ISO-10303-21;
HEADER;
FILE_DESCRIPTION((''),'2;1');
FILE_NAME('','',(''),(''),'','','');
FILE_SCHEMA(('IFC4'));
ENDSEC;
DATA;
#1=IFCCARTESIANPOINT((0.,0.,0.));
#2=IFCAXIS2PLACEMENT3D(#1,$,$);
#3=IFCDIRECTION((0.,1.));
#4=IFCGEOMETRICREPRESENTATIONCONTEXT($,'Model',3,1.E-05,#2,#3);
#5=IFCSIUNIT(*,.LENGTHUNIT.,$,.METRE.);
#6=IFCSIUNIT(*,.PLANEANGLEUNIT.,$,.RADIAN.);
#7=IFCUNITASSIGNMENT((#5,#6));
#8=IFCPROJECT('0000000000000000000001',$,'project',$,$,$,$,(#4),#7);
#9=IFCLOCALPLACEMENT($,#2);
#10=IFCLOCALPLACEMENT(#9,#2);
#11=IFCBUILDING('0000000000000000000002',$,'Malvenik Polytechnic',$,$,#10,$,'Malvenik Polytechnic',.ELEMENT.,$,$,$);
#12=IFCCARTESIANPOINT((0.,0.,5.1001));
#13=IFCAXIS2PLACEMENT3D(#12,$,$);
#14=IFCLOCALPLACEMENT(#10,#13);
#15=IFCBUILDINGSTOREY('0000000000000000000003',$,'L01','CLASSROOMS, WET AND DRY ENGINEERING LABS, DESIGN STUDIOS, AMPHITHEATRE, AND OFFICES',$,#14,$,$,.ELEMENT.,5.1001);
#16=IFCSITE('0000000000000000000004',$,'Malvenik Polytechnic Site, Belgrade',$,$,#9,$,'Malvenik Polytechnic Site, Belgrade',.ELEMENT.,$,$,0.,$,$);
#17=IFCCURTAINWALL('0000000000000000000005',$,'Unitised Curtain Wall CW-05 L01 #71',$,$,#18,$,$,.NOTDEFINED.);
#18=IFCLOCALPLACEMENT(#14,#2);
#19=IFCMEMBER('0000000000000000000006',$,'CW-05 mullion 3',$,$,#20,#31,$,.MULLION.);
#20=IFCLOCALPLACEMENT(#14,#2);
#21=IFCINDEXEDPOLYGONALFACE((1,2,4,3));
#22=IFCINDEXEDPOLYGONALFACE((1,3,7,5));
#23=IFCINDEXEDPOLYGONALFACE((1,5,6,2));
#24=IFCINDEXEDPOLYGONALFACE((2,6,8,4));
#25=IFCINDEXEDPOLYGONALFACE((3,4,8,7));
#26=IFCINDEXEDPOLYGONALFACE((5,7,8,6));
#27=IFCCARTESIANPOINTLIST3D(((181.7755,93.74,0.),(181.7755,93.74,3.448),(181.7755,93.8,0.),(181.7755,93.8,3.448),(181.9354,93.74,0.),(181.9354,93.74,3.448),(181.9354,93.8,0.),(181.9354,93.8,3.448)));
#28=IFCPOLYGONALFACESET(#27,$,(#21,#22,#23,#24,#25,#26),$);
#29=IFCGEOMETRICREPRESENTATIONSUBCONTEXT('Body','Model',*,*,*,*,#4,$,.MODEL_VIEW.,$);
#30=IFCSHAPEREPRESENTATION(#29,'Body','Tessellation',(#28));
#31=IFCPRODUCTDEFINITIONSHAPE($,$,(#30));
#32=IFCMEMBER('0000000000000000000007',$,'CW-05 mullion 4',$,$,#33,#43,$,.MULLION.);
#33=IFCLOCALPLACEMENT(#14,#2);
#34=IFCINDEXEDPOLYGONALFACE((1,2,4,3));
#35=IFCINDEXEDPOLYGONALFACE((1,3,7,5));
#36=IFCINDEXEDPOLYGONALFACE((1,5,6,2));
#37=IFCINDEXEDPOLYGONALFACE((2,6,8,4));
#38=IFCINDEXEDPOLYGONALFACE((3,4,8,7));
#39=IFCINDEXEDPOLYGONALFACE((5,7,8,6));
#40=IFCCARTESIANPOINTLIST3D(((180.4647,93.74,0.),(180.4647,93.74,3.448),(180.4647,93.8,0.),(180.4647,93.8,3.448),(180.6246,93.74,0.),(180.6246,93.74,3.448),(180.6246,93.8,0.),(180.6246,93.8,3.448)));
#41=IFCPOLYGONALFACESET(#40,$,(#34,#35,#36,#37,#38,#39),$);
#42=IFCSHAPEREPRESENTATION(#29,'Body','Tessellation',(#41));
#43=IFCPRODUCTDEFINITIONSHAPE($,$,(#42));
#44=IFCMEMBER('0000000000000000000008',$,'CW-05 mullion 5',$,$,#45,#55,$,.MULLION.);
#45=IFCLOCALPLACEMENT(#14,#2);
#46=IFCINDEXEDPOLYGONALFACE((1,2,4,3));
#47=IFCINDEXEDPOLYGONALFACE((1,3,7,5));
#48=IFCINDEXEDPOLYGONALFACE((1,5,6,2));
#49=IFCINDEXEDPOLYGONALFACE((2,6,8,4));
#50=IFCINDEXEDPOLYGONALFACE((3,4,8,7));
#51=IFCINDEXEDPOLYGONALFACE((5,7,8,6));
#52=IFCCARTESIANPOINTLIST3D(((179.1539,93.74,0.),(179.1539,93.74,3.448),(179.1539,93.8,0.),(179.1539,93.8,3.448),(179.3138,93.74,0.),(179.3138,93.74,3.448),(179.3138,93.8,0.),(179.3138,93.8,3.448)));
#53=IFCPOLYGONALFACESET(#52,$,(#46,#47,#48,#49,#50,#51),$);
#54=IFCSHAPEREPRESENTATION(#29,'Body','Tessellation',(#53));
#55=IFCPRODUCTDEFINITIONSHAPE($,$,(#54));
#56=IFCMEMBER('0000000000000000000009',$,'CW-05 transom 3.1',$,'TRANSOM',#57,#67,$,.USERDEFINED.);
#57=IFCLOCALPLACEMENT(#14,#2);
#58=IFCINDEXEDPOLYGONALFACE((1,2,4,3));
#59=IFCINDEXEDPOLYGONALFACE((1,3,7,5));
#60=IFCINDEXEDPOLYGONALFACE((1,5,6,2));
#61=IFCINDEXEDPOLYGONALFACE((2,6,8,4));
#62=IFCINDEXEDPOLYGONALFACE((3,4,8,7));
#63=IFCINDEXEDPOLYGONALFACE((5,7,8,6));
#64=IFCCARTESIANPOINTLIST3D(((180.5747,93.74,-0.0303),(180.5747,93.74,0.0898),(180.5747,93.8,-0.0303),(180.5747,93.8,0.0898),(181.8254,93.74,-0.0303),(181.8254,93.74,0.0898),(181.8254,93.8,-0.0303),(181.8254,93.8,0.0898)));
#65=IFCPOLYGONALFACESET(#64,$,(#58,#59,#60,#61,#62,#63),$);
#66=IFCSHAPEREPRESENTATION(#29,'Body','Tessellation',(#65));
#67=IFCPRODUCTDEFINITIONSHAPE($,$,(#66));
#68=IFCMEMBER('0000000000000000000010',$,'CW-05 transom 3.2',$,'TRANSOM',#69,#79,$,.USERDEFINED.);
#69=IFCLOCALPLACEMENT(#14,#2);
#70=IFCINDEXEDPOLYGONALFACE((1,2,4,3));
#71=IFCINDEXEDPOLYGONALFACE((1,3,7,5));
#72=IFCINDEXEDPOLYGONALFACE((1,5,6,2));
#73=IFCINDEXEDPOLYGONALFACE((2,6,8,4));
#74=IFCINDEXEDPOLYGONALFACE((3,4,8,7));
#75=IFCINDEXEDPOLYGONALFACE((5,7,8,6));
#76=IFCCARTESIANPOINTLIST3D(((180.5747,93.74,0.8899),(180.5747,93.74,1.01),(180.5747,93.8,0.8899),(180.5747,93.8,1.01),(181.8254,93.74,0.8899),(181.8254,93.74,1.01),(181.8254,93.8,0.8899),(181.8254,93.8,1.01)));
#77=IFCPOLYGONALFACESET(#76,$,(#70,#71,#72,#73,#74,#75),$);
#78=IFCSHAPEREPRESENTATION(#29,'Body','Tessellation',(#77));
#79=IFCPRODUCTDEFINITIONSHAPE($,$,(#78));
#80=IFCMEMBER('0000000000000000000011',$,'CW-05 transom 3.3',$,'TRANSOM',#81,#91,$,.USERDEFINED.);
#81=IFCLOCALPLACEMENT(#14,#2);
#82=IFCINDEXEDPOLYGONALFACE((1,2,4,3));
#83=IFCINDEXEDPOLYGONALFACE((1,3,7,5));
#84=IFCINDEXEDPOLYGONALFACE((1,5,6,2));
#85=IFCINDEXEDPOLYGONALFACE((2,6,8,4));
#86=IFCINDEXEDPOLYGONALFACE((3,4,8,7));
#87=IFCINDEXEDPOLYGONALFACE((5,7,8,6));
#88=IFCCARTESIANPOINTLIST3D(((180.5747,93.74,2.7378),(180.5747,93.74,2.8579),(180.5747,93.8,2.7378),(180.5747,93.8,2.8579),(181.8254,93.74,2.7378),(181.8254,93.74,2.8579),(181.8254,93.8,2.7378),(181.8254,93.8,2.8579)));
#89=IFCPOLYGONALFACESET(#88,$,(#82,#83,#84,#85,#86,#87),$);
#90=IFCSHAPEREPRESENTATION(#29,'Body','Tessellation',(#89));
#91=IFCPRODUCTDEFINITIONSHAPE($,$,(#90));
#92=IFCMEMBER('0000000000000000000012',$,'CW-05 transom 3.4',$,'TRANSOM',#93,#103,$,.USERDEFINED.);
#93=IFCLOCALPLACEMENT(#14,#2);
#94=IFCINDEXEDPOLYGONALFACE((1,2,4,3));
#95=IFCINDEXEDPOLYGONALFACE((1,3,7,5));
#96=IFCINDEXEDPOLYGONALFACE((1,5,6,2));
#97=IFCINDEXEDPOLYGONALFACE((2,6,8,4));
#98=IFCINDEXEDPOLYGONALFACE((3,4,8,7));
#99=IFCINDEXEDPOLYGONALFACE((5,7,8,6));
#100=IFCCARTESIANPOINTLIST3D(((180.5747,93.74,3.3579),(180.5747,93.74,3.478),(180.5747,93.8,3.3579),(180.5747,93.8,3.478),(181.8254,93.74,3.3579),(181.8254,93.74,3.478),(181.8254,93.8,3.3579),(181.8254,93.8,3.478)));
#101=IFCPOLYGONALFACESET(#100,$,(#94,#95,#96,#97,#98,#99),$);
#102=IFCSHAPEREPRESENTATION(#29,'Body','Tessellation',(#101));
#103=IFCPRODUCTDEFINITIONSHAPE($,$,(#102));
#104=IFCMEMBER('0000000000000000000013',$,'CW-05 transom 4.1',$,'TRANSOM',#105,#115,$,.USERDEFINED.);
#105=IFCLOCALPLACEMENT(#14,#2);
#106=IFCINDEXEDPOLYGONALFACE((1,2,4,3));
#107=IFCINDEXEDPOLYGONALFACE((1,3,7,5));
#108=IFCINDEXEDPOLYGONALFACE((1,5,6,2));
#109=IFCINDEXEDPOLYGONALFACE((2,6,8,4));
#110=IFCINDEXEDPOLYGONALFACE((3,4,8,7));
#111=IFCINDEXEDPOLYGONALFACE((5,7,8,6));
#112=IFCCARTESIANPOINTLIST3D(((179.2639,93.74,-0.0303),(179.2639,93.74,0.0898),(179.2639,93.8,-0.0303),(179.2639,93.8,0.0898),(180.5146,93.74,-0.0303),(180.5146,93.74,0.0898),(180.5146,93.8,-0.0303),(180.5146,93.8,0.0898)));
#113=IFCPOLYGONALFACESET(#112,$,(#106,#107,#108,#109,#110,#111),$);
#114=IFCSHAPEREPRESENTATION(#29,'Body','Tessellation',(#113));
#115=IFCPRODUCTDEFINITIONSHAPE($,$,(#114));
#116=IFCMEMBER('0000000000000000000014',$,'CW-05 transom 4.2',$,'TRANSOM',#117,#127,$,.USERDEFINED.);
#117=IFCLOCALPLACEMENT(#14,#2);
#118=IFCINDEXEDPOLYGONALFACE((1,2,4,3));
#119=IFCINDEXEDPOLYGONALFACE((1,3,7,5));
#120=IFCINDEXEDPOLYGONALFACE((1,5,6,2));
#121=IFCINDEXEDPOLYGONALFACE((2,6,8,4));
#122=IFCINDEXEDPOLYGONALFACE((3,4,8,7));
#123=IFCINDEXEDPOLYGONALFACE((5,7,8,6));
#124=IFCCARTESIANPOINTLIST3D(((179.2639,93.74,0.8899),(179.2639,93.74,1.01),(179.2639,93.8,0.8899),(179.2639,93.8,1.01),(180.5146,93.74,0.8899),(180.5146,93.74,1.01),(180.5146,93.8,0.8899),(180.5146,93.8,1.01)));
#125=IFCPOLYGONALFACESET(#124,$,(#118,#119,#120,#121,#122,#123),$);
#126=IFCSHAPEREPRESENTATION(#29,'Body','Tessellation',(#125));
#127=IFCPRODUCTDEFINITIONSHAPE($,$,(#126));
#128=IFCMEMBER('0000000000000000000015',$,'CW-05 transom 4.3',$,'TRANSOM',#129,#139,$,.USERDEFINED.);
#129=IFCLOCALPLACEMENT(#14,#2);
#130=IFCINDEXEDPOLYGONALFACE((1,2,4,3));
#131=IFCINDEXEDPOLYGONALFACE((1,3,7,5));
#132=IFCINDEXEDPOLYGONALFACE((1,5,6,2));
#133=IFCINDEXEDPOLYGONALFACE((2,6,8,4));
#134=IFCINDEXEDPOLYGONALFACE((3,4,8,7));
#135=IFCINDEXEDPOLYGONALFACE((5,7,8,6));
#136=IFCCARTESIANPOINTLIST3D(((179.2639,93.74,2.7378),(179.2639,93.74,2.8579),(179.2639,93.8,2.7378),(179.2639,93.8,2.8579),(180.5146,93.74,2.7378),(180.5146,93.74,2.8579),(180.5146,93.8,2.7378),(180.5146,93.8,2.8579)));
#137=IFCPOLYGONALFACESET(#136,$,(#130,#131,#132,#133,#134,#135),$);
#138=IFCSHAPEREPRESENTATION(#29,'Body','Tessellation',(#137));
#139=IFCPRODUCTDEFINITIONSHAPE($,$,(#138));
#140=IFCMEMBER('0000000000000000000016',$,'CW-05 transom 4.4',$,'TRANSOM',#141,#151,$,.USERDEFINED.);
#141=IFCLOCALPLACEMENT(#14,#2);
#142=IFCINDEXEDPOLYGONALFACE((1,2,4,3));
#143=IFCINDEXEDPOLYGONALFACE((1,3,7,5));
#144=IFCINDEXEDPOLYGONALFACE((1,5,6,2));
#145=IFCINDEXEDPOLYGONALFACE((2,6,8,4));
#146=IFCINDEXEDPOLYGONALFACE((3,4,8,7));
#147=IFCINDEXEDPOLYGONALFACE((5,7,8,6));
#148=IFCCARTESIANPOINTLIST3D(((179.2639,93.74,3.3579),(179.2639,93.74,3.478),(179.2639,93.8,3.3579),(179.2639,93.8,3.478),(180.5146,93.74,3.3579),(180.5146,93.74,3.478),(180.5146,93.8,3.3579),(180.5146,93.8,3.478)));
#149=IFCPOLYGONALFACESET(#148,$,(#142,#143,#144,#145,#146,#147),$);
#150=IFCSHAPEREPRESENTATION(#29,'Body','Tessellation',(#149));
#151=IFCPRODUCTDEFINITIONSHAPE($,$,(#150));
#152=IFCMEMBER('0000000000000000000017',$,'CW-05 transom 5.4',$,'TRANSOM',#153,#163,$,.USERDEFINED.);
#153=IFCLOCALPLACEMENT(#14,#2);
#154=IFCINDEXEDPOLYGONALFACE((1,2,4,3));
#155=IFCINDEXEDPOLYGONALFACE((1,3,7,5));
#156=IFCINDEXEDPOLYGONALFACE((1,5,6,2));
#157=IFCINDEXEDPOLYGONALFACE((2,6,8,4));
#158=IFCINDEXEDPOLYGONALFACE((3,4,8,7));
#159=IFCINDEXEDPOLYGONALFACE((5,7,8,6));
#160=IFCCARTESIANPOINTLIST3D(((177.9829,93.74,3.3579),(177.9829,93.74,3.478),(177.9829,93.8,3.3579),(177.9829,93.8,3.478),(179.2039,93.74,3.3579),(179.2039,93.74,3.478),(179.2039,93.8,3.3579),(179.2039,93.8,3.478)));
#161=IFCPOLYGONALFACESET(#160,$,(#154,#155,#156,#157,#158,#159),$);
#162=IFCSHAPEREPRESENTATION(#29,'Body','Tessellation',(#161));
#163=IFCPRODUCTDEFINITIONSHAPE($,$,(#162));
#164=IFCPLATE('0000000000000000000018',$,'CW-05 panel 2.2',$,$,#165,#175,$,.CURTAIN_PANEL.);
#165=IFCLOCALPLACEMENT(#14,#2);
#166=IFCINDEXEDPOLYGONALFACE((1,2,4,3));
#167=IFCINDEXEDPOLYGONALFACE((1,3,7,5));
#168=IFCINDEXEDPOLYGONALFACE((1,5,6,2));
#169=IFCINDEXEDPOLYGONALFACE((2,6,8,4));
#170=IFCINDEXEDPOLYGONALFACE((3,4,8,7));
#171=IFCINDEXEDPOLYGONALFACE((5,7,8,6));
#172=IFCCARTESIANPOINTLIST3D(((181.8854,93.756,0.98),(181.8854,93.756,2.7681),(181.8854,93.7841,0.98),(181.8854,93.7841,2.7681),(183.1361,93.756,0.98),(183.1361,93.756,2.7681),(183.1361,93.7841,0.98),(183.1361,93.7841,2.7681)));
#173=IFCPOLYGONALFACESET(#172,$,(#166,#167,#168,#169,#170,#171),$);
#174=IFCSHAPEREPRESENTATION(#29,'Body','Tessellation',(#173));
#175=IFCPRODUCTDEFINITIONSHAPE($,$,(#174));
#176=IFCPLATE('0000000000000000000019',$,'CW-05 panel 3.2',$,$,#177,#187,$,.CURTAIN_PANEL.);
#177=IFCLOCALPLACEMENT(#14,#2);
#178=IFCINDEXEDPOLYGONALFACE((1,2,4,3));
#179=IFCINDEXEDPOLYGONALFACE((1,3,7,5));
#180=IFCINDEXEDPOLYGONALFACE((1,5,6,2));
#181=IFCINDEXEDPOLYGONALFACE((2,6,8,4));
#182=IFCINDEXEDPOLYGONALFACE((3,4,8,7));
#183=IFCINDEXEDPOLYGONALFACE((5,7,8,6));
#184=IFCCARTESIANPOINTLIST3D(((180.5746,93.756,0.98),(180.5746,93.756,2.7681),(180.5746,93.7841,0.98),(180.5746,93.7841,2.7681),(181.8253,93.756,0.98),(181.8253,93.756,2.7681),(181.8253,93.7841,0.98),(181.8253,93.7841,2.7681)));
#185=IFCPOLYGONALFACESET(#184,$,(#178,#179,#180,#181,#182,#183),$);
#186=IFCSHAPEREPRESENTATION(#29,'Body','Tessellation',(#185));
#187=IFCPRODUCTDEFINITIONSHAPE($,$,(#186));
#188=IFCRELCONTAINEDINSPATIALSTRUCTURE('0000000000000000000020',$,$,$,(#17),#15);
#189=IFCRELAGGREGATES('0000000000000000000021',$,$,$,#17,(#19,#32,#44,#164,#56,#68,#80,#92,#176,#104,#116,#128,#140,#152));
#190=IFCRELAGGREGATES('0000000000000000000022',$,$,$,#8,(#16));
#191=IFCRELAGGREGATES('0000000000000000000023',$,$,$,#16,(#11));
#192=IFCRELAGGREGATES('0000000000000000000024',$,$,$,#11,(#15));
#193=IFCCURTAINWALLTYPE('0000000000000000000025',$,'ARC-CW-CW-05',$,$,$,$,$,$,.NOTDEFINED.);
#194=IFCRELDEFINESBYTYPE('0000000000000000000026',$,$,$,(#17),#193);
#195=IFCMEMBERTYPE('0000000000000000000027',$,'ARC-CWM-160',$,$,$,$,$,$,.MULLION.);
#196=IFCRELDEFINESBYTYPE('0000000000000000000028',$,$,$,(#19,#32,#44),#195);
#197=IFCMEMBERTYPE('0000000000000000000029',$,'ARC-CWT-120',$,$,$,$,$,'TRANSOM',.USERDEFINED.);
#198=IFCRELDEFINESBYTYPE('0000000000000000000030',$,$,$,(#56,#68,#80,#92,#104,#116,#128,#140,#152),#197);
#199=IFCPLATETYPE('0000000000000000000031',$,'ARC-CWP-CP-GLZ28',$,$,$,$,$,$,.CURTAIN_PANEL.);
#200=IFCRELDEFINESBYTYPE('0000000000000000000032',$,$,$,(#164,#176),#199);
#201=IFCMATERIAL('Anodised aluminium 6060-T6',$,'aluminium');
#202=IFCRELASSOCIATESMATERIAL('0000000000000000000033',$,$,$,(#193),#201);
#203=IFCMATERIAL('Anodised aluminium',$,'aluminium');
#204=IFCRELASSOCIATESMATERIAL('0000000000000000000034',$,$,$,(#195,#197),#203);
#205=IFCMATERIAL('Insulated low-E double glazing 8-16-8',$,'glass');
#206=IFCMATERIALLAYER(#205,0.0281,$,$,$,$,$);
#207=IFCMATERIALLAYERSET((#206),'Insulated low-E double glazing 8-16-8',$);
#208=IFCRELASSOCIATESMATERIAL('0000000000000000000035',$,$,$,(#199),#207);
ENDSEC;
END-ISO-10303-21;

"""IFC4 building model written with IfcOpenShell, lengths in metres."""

from ifc_helpers import new_model, si_unit, direction, frame, origin, origin_2d, place, context, subcontext, project, spatial, rectangle, extrude, material, layer, layer_set, material_profile, profile_set, type_object, element, aggregate, save


model = new_model("IFC4")

# Units and contexts
model_context = context("Model", 3, precision=1e-05, world=origin(), true_north=direction((0.0, 1.0)))
body_context = subcontext(model_context, "Body", "Model", "MODEL_VIEW")
ifc_project = project(units=[si_unit("LENGTHUNIT", "METRE"), si_unit("PLANEANGLEUNIT", "RADIAN")], contexts=[model_context])

# Site, building, storey
site_placement = place(None, origin())
site = spatial("IfcSite", under=ifc_project, at=site_placement, Name="Malvenik Polytechnic Site, Belgrade", LongName="Malvenik Polytechnic Site, Belgrade", CompositionType="ELEMENT", RefElevation=0.0)
building_placement = place(site_placement, origin())
building = spatial("IfcBuilding", under=site, at=building_placement, Name="Malvenik Polytechnic", LongName="Malvenik Polytechnic", CompositionType="ELEMENT")
storey_placement = place(building_placement, frame((0.0, 0.0, 5.1001)))
storey = spatial("IfcBuildingStorey", under=building, at=storey_placement, Name="L01", Description="CLASSROOMS, WET AND DRY ENGINEERING LABS, DESIGN STUDIOS, AMPHITHEATRE, AND OFFICES", CompositionType="ELEMENT", Elevation=5.1001)

# Curtain wall, members, plates
ifc_material_1 = material(Name="Anodised aluminium 6060-T6", Category="aluminium")
curtain_wall_type = type_object("IfcCurtainWallType", Name="ARC-CW-CW-05", PredefinedType="NOTDEFINED", material=ifc_material_1)
curtain_wall_placement = place(storey_placement, origin())
curtain_wall = element("IfcCurtainWall", 1, at=curtain_wall_placement, inside=storey, type_object=curtain_wall_type, Name="Unitised Curtain Wall CW-05 L01 #71", PredefinedType="NOTDEFINED")
ifc_material_2 = material(Name="Anodised aluminium", Category="aluminium")
ifc_material_profile_1 = material_profile(ifc_material_2, rectangle(XDim=0.0601, YDim=0.1599, at=origin_2d()), Name="ALU MULLION 60x160")
ifc_profile_set_1 = profile_set([ifc_material_profile_1], Name="Anodised aluminium")
member_type_1 = type_object("IfcMemberType", Name="ARC-CWM-160", PredefinedType="MULLION", material=ifc_profile_set_1)
member_1_placement = place(storey_placement, frame((181.8555, 93.77, 0.0), z_axis=(0.0, 0.0, 1.0), x_axis=(0.0, -1.0, 0.0)))
member_1 = element("IfcMember", 2, at=member_1_placement, type_object=member_type_1, Name="CW-05 mullion 3", PredefinedType="MULLION", context=body_context, shape_type="SweptSolid", body=[
    extrude(rectangle(XDim=0.0601, YDim=0.1599, at=origin_2d()), origin(), (0.0, 0.0, 1.0), 3.448),
])
member_2_placement = place(storey_placement, frame((180.5447, 93.77, 0.0), z_axis=(0.0, 0.0, 1.0), x_axis=(0.0, -1.0, 0.0)))
member_2 = element("IfcMember", 3, at=member_2_placement, type_object=member_type_1, Name="CW-05 mullion 4", PredefinedType="MULLION", context=body_context, shape_type="SweptSolid", body=[
    extrude(rectangle(XDim=0.0601, YDim=0.1599, at=origin_2d()), origin(), (0.0, 0.0, 1.0), 3.448),
])
member_3_placement = place(storey_placement, frame((179.2339, 93.77, 0.0), z_axis=(0.0, 0.0, 1.0), x_axis=(0.0, -1.0, 0.0)))
member_3 = element("IfcMember", 4, at=member_3_placement, type_object=member_type_1, Name="CW-05 mullion 5", PredefinedType="MULLION", context=body_context, shape_type="SweptSolid", body=[
    extrude(rectangle(XDim=0.0601, YDim=0.1599, at=origin_2d()), origin(), (0.0, 0.0, 1.0), 3.448),
])
ifc_material_profile_2 = material_profile(ifc_material_2, rectangle(XDim=0.0601, YDim=0.1201, at=origin_2d()), Name="ALU TRANSOM 60x120")
ifc_profile_set_2 = profile_set([ifc_material_profile_2], Name="Anodised aluminium")
member_type_2 = type_object("IfcMemberType", Name="ARC-CWT-120", ElementType="TRANSOM", PredefinedType="USERDEFINED", material=ifc_profile_set_2)
member_4_placement = place(storey_placement, frame((181.8254, 93.77, 0.0298), z_axis=(-1.0, 0.0, 0.0), x_axis=(0.0, -1.0, 0.0)))
member_4 = element("IfcMember", 5, at=member_4_placement, type_object=member_type_2, Name="CW-05 transom 3.1", ObjectType="TRANSOM", PredefinedType="USERDEFINED", context=body_context, shape_type="SweptSolid", body=[
    extrude(rectangle(XDim=0.0601, YDim=0.1201, at=origin_2d()), origin(), (0.0, 0.0, 1.0), 1.2507),
])
member_5_placement = place(storey_placement, frame((181.8254, 93.77, 0.95), z_axis=(-1.0, 0.0, 0.0), x_axis=(0.0, -1.0, 0.0)))
member_5 = element("IfcMember", 6, at=member_5_placement, type_object=member_type_2, Name="CW-05 transom 3.2", ObjectType="TRANSOM", PredefinedType="USERDEFINED", context=body_context, shape_type="SweptSolid", body=[
    extrude(rectangle(XDim=0.0601, YDim=0.1201, at=origin_2d()), origin(), (0.0, 0.0, 1.0), 1.2507),
])
member_6_placement = place(storey_placement, frame((181.8254, 93.77, 2.7979), z_axis=(-1.0, 0.0, 0.0), x_axis=(0.0, -1.0, 0.0)))
member_6 = element("IfcMember", 7, at=member_6_placement, type_object=member_type_2, Name="CW-05 transom 3.3", ObjectType="TRANSOM", PredefinedType="USERDEFINED", context=body_context, shape_type="SweptSolid", body=[
    extrude(rectangle(XDim=0.0601, YDim=0.1201, at=origin_2d()), origin(), (0.0, 0.0, 1.0), 1.2507),
])
member_7_placement = place(storey_placement, frame((181.8254, 93.77, 3.418), z_axis=(-1.0, 0.0, 0.0), x_axis=(0.0, -1.0, 0.0)))
member_7 = element("IfcMember", 8, at=member_7_placement, type_object=member_type_2, Name="CW-05 transom 3.4", ObjectType="TRANSOM", PredefinedType="USERDEFINED", context=body_context, shape_type="SweptSolid", body=[
    extrude(rectangle(XDim=0.0601, YDim=0.1201, at=origin_2d()), origin(), (0.0, 0.0, 1.0), 1.2507),
])
member_8_placement = place(storey_placement, frame((180.5146, 93.77, 0.0298), z_axis=(-1.0, 0.0, 0.0), x_axis=(0.0, -1.0, 0.0)))
member_8 = element("IfcMember", 9, at=member_8_placement, type_object=member_type_2, Name="CW-05 transom 4.1", ObjectType="TRANSOM", PredefinedType="USERDEFINED", context=body_context, shape_type="SweptSolid", body=[
    extrude(rectangle(XDim=0.0601, YDim=0.1201, at=origin_2d()), origin(), (0.0, 0.0, 1.0), 1.2507),
])
member_9_placement = place(storey_placement, frame((180.5146, 93.77, 0.95), z_axis=(-1.0, 0.0, 0.0), x_axis=(0.0, -1.0, 0.0)))
member_9 = element("IfcMember", 10, at=member_9_placement, type_object=member_type_2, Name="CW-05 transom 4.2", ObjectType="TRANSOM", PredefinedType="USERDEFINED", context=body_context, shape_type="SweptSolid", body=[
    extrude(rectangle(XDim=0.0601, YDim=0.1201, at=origin_2d()), origin(), (0.0, 0.0, 1.0), 1.2507),
])
member_10_placement = place(storey_placement, frame((180.5146, 93.77, 2.7979), z_axis=(-1.0, 0.0, 0.0), x_axis=(0.0, -1.0, 0.0)))
member_10 = element("IfcMember", 11, at=member_10_placement, type_object=member_type_2, Name="CW-05 transom 4.3", ObjectType="TRANSOM", PredefinedType="USERDEFINED", context=body_context, shape_type="SweptSolid", body=[
    extrude(rectangle(XDim=0.0601, YDim=0.1201, at=origin_2d()), origin(), (0.0, 0.0, 1.0), 1.2507),
])
member_11_placement = place(storey_placement, frame((180.5146, 93.77, 3.418), z_axis=(-1.0, 0.0, 0.0), x_axis=(0.0, -1.0, 0.0)))
member_11 = element("IfcMember", 12, at=member_11_placement, type_object=member_type_2, Name="CW-05 transom 4.4", ObjectType="TRANSOM", PredefinedType="USERDEFINED", context=body_context, shape_type="SweptSolid", body=[
    extrude(rectangle(XDim=0.0601, YDim=0.1201, at=origin_2d()), origin(), (0.0, 0.0, 1.0), 1.2507),
])
member_12_placement = place(storey_placement, frame((179.2039, 93.77, 3.418), z_axis=(-1.0, 0.0, 0.0), x_axis=(0.0, -1.0, 0.0)))
member_12 = element("IfcMember", 13, at=member_12_placement, type_object=member_type_2, Name="CW-05 transom 5.4", ObjectType="TRANSOM", PredefinedType="USERDEFINED", context=body_context, shape_type="SweptSolid", body=[
    extrude(rectangle(XDim=0.0601, YDim=0.1201, at=origin_2d()), origin(), (0.0, 0.0, 1.0), 1.2209),
])
ifc_material_3 = material(Name="Insulated low-E double glazing 8-16-8", Category="glass")
ifc_layer_1 = layer(ifc_material_3, 0.0281)
ifc_layer_set_1 = layer_set([ifc_layer_1], Name="Insulated low-E double glazing 8-16-8")
plate_type_1 = type_object("IfcPlateType", Name="ARC-CWP-CP-GLZ28", PredefinedType="CURTAIN_PANEL", material=ifc_layer_set_1)
plate_1_placement = place(storey_placement, frame((182.5107, 93.77, 0.98), z_axis=(0.0, 0.0, 1.0), x_axis=(-1.0, 0.0, 0.0)))
plate_1 = element("IfcPlate", 14, at=plate_1_placement, type_object=plate_type_1, Name="CW-05 panel 2.2", PredefinedType="CURTAIN_PANEL", context=body_context, shape_type="SweptSolid", body=[
    extrude(rectangle(XDim=1.2507, YDim=0.0281, at=origin_2d()), origin(), (0.0, 0.0, 1.0), 1.7881),
])
plate_2_placement = place(storey_placement, frame((181.2, 93.77, 0.98), z_axis=(0.0, 0.0, 1.0), x_axis=(-1.0, 0.0, 0.0)))
plate_2 = element("IfcPlate", 15, at=plate_2_placement, type_object=plate_type_1, Name="CW-05 panel 3.2", PredefinedType="CURTAIN_PANEL", context=body_context, shape_type="SweptSolid", body=[
    extrude(rectangle(XDim=1.2507, YDim=0.0281, at=origin_2d()), origin(), (0.0, 0.0, 1.0), 1.7881),
])
aggregate(curtain_wall, [member_1, member_2, member_3, plate_1, member_4, member_5, member_6, member_7, plate_2, member_8, member_9, member_10, member_11, member_12])

save(model, "model.ifc")
